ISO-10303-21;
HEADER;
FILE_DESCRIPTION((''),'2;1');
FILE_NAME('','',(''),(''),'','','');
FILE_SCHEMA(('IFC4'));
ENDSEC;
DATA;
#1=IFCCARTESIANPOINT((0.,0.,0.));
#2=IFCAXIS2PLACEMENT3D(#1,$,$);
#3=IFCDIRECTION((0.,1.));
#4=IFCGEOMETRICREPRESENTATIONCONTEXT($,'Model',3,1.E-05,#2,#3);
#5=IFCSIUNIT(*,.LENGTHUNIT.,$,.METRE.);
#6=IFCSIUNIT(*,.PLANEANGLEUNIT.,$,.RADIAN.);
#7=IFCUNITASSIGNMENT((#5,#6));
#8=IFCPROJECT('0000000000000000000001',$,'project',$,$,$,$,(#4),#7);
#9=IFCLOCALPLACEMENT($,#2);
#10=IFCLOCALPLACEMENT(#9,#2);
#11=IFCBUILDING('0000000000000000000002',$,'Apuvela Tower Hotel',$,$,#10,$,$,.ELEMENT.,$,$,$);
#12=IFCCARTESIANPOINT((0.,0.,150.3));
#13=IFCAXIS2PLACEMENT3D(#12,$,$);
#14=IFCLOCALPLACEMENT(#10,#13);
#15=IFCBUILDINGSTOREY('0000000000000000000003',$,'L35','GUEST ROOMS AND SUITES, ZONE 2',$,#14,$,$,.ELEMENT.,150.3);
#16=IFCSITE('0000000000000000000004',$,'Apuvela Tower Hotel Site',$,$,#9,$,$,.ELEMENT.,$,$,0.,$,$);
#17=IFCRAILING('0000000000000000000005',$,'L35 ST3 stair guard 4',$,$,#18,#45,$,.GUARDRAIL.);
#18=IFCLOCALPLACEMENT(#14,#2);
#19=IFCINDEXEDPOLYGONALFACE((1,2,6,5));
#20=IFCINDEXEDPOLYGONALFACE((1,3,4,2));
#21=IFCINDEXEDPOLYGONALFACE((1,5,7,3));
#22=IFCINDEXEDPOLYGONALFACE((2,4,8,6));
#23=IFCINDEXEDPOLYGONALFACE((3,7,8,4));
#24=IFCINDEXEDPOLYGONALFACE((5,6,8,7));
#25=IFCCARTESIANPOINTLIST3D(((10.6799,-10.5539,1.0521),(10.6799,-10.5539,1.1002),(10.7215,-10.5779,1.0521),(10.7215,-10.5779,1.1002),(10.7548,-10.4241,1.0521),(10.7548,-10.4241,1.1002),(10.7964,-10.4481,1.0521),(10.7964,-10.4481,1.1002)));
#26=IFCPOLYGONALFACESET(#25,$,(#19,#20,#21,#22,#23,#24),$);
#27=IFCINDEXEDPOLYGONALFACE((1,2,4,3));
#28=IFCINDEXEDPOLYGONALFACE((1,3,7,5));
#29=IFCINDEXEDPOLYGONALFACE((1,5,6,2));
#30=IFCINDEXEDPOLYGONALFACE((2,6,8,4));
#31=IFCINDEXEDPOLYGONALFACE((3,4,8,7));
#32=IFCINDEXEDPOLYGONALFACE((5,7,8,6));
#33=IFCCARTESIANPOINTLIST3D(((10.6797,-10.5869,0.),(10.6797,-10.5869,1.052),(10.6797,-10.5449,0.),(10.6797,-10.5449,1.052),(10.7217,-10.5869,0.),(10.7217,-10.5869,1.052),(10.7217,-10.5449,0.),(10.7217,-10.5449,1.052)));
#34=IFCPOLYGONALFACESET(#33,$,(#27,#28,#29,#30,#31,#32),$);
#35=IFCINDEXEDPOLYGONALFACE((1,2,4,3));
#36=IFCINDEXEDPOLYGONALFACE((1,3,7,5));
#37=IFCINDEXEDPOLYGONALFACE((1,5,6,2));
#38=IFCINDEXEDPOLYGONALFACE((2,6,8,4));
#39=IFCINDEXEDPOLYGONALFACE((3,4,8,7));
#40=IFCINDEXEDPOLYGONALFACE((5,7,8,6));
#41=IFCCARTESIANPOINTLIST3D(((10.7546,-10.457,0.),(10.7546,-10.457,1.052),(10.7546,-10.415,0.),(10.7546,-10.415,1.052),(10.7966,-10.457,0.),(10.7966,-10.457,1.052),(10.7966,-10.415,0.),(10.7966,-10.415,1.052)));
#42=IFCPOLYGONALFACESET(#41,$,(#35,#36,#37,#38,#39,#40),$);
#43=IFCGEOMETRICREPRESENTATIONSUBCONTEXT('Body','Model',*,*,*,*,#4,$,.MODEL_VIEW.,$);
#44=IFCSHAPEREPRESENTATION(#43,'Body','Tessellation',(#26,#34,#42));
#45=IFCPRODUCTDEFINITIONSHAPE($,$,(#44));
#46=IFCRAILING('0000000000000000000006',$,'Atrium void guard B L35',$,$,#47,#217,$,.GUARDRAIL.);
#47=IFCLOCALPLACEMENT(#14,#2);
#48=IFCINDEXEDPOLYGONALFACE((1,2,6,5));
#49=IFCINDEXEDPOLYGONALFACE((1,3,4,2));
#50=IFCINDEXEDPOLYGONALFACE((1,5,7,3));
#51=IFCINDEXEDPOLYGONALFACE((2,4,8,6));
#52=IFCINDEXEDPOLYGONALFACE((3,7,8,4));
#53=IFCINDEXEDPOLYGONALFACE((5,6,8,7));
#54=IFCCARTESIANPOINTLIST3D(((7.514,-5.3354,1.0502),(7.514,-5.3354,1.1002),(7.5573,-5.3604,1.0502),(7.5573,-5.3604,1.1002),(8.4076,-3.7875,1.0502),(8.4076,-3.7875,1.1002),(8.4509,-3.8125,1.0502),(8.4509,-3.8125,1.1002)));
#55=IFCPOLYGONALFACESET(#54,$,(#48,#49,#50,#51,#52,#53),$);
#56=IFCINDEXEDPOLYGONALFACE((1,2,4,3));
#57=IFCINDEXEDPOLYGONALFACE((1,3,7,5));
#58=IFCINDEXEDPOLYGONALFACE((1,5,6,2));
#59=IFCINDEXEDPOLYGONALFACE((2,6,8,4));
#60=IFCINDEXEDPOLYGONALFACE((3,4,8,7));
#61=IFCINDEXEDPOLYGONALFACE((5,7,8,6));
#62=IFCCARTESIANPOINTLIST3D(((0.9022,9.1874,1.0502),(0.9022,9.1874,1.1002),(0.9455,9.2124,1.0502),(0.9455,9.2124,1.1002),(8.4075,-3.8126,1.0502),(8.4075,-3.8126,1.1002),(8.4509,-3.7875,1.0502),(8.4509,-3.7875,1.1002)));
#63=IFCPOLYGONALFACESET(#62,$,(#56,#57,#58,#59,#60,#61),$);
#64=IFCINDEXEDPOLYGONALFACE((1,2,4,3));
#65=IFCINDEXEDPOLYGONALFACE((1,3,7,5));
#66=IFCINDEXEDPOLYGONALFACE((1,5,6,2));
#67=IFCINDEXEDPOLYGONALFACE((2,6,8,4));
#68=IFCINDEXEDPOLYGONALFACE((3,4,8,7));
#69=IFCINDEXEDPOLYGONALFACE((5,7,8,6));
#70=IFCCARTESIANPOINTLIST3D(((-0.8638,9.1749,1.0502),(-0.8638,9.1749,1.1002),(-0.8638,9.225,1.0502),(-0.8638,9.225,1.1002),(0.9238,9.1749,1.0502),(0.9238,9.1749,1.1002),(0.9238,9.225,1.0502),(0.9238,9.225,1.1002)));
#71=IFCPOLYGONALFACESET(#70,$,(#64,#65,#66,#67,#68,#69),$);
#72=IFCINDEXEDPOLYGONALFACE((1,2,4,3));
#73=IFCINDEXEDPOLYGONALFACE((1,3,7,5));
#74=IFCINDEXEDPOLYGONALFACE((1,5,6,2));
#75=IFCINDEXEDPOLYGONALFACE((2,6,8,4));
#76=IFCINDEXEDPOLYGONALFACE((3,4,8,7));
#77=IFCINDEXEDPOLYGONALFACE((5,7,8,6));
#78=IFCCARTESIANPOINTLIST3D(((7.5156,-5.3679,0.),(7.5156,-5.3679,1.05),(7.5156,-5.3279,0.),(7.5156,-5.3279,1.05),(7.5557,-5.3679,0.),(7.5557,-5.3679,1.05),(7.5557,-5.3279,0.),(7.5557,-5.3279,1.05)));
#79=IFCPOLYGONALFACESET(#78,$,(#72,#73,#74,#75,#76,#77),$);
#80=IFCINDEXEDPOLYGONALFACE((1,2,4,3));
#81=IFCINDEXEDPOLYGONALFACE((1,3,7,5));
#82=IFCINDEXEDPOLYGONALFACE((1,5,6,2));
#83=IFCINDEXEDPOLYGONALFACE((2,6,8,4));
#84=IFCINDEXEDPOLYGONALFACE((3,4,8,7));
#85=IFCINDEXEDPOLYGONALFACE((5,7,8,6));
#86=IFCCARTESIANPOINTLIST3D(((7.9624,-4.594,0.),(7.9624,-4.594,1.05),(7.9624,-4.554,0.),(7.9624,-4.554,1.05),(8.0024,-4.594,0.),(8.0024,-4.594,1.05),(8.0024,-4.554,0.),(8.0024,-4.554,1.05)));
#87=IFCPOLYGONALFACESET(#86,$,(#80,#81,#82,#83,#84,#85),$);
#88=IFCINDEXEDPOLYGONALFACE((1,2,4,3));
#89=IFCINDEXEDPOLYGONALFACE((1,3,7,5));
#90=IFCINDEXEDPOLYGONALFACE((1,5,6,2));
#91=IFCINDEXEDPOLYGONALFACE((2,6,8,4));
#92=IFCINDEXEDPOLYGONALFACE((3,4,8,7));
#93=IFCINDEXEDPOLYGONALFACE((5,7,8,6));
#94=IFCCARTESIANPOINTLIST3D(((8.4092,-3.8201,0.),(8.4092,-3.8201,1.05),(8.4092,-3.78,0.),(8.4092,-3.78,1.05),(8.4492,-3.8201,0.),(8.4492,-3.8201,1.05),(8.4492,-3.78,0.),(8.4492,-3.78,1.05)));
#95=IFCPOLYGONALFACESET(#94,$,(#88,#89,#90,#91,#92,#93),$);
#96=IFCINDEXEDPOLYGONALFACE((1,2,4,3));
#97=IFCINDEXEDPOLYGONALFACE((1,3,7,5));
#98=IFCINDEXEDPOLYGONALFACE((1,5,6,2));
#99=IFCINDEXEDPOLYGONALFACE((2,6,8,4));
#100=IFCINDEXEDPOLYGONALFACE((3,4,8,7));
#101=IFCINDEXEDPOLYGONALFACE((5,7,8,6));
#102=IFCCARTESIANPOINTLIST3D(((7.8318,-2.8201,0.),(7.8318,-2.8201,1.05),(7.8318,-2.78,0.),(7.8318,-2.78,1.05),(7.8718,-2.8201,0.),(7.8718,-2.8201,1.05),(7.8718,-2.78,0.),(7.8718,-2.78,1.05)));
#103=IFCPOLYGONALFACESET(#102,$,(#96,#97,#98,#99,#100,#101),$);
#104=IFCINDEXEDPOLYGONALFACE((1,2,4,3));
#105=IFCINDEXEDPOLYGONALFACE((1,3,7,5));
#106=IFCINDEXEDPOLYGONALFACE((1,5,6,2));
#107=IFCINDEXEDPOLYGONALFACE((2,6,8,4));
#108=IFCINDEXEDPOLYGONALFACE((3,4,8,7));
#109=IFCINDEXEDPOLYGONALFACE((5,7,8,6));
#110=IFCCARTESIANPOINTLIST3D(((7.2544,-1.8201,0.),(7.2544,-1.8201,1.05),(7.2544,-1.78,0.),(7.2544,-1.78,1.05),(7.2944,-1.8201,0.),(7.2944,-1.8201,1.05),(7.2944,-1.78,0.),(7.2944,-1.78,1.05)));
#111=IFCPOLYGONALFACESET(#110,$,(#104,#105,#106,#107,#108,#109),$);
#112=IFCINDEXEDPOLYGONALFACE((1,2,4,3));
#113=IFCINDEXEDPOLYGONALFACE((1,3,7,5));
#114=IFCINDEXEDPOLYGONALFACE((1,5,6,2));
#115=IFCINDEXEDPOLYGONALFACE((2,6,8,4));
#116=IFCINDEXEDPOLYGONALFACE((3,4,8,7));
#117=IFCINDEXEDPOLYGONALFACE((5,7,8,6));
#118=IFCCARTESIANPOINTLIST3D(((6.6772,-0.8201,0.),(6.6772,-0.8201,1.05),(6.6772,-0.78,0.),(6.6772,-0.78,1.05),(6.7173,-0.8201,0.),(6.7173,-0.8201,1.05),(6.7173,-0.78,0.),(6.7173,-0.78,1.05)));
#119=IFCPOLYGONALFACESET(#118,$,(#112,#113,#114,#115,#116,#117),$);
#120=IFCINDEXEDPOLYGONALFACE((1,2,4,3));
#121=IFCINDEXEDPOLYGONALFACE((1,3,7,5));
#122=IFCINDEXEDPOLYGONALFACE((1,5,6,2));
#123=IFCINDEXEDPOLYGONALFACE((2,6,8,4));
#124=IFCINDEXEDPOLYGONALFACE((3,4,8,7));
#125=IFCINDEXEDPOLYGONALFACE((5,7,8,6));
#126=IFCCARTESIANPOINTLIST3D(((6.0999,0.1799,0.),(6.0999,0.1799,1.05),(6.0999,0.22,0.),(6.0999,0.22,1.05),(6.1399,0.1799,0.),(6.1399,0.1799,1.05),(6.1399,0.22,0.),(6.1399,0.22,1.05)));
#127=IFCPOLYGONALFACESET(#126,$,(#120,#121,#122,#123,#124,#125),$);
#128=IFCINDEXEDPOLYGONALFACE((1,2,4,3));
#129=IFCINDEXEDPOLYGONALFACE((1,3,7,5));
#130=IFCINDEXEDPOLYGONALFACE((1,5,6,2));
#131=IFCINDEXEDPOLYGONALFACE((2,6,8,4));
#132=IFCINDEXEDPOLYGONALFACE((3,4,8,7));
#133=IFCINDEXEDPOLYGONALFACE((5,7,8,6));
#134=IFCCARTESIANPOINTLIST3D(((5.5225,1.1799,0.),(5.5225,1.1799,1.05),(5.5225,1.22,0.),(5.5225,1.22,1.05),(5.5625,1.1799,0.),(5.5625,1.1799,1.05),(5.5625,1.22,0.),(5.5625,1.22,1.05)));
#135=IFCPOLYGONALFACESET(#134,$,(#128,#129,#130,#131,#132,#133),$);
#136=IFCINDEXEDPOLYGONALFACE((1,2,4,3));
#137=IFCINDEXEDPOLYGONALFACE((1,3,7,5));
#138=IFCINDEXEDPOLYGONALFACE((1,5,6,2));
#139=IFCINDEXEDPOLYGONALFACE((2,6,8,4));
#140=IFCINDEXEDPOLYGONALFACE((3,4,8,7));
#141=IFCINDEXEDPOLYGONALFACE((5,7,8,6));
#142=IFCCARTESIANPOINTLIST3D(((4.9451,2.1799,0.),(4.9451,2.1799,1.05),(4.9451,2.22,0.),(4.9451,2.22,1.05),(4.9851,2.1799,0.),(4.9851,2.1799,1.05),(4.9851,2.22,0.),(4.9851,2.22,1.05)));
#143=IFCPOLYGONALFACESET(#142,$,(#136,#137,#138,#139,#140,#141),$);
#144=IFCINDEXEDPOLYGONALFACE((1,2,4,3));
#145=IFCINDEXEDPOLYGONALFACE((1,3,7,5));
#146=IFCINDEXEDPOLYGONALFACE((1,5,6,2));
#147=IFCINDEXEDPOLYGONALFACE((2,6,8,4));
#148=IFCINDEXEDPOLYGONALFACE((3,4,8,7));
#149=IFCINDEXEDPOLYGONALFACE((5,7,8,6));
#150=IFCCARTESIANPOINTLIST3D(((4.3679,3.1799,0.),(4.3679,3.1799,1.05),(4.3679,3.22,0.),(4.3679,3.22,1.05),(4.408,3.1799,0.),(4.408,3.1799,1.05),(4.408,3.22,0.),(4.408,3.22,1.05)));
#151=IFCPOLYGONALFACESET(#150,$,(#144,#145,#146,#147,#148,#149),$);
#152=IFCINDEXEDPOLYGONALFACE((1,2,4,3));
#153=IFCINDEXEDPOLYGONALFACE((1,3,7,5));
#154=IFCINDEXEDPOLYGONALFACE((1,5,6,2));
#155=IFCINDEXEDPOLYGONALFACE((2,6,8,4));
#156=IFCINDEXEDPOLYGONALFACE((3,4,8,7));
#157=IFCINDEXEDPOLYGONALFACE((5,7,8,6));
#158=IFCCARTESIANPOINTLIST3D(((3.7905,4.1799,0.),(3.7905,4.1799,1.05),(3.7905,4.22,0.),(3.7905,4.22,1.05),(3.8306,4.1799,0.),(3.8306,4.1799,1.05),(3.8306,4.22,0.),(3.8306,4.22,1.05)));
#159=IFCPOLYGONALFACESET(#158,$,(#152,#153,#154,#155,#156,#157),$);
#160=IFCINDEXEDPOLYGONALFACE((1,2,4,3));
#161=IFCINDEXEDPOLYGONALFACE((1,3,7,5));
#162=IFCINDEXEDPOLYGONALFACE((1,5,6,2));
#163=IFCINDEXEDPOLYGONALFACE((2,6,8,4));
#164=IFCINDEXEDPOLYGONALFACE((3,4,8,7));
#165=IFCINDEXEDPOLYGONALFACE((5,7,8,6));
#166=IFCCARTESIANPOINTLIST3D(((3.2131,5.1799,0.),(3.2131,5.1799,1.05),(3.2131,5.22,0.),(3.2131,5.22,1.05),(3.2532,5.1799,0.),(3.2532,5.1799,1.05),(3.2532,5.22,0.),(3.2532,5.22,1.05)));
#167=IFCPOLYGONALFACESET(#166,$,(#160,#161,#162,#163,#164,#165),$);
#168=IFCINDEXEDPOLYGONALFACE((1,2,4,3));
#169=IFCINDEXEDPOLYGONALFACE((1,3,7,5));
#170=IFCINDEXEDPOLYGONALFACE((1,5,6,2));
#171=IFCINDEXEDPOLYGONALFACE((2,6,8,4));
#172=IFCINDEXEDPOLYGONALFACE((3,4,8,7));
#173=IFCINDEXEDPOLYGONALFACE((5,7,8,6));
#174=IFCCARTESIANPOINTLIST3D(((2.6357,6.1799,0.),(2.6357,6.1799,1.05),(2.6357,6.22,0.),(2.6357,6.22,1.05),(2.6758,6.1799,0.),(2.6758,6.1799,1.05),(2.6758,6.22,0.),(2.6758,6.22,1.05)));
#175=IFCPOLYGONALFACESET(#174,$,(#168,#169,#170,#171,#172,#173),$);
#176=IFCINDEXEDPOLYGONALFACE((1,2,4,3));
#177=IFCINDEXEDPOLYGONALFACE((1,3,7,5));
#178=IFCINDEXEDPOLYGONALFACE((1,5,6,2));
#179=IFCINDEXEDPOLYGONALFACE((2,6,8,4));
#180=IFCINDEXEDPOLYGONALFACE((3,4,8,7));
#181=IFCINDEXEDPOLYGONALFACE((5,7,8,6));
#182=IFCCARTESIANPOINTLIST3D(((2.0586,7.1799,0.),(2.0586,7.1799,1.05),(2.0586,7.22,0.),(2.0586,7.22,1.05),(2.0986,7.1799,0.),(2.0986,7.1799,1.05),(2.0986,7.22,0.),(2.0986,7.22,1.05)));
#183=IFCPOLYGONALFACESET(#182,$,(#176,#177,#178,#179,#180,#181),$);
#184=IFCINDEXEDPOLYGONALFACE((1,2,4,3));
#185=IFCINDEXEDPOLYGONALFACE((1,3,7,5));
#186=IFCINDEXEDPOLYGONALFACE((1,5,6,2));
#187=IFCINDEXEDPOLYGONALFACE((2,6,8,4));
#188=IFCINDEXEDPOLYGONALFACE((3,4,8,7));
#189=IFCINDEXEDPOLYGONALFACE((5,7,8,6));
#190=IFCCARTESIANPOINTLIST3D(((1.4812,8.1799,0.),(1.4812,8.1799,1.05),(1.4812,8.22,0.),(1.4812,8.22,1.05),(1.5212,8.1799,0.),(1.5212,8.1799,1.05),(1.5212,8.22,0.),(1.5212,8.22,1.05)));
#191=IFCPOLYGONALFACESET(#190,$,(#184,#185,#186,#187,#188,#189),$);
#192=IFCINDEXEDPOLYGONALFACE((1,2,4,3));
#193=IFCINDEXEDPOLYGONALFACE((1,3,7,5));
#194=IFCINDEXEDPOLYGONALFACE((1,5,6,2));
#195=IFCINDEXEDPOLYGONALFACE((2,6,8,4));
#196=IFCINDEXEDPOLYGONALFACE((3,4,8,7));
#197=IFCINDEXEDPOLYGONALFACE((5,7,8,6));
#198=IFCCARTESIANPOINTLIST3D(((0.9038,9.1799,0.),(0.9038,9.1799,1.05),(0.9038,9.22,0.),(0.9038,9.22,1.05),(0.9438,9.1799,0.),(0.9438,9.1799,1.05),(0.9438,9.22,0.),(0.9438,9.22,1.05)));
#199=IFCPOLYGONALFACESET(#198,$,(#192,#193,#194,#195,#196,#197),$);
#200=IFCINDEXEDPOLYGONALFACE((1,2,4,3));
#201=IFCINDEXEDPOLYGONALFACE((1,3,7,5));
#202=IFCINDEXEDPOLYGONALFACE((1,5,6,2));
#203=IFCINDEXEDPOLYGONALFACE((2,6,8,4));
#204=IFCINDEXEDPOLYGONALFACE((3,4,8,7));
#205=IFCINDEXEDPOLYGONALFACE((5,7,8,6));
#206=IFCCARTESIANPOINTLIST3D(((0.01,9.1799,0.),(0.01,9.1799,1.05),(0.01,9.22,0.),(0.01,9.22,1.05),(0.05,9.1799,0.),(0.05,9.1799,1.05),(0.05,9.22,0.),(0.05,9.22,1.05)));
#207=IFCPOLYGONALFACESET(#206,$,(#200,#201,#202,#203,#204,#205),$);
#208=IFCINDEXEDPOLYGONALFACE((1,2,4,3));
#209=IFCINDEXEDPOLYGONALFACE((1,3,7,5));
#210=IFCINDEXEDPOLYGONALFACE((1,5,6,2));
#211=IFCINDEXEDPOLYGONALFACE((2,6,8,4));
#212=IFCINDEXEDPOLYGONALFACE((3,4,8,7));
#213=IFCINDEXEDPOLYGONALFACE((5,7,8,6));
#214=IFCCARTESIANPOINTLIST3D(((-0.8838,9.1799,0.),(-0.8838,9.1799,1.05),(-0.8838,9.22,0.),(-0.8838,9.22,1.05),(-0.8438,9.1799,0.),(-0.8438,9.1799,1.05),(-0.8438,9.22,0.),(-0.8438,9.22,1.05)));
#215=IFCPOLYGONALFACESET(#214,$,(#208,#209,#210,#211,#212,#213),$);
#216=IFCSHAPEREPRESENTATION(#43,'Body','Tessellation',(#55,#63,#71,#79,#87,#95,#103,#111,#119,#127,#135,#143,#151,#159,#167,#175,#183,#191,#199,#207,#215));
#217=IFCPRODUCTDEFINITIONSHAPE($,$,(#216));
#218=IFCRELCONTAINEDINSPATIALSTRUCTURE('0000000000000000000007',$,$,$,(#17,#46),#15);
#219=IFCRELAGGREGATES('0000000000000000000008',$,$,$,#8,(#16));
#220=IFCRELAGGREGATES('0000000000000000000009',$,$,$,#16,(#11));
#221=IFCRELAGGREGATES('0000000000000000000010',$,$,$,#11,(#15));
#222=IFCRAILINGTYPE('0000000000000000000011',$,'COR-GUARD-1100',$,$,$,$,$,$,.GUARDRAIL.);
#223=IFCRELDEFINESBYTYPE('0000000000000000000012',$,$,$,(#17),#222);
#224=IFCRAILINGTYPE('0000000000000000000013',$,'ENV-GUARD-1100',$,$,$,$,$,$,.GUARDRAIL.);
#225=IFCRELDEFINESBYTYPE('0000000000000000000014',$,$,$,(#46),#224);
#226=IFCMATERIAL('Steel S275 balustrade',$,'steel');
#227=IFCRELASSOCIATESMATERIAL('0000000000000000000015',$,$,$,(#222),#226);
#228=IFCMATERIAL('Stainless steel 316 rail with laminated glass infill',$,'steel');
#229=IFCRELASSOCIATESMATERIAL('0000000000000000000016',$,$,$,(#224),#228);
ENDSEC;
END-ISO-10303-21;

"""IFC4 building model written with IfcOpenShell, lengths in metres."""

from ifc_helpers import new_model, si_unit, direction, frame, origin, origin_2d, place, context, subcontext, project, spatial, rectangle, extrude, material, type_object, element, save


model = new_model("IFC4")

# Units and contexts
model_context = context("Model", 3, precision=1e-05, world=origin(), true_north=direction((0.0, 1.0)))
body_context = subcontext(model_context, "Body", "Model", "MODEL_VIEW")
ifc_project = project(units=[si_unit("LENGTHUNIT", "METRE"), si_unit("PLANEANGLEUNIT", "RADIAN")], contexts=[model_context])

# Site, building, storey
site_placement = place(None, origin())
site = spatial("IfcSite", under=ifc_project, at=site_placement, Name="Apuvela Tower Hotel Site", CompositionType="ELEMENT", RefElevation=0.0)
building_placement = place(site_placement, origin())
building = spatial("IfcBuilding", under=site, at=building_placement, Name="Apuvela Tower Hotel", CompositionType="ELEMENT")
storey_placement = place(building_placement, frame((0.0, 0.0, 150.3)))
storey = spatial("IfcBuildingStorey", under=building, at=storey_placement, Name="L35", Description="GUEST ROOMS AND SUITES, ZONE 2", CompositionType="ELEMENT", Elevation=150.3)

# Railings
ifc_material_1 = material(Name="Steel S275 balustrade", Category="steel")
railing_type_1 = type_object("IfcRailingType", Name="COR-GUARD-1100", PredefinedType="GUARDRAIL", material=ifc_material_1)
railing_1_placement = place(storey_placement, frame((10.7007, -10.5659, 0.0)))
element("IfcRailing", 1, at=railing_1_placement, inside=storey, type_object=railing_type_1, Name="L35 ST3 stair guard 4", PredefinedType="GUARDRAIL", context=body_context, shape_type="SweptSolid", body=[
    extrude(rectangle(XDim=0.0481, YDim=0.0481, at=origin_2d()), frame((0.0, 0.0, 1.0762), z_axis=(0.499816, 0.866131, 0.0), x_axis=(-0.866131, 0.499816, 0.0)), (0.0, 0.0, 1.0), 0.1499),
    extrude(rectangle(XDim=0.042, YDim=0.042, at=origin_2d()), origin(), (0.0, 0.0, 1.0), 1.052),
    extrude(rectangle(XDim=0.042, YDim=0.042, at=origin_2d()), frame((0.075, 0.1299, 0.0)), (0.0, 0.0, 1.0), 1.052),
])
ifc_material_2 = material(Name="Stainless steel 316 rail with laminated glass infill", Category="steel")
railing_type_2 = type_object("IfcRailingType", Name="ENV-GUARD-1100", PredefinedType="GUARDRAIL", material=ifc_material_2)
railing_2_placement = place(storey_placement, frame((7.5356, -5.3479, 0.0)))
element("IfcRailing", 2, at=railing_2_placement, inside=storey, type_object=railing_type_2, Name="Atrium void guard B L35", PredefinedType="GUARDRAIL", context=body_context, shape_type="SweptSolid", body=[
    extrude(rectangle(XDim=0.05, YDim=0.05, at=origin_2d()), frame((0.0, 0.0, 1.0752), z_axis=(0.499959, 0.866049, 0.0), x_axis=(-0.866049, 0.499959, 0.0)), (0.0, 0.0, 1.0), 1.7874),
    extrude(rectangle(XDim=0.05, YDim=0.05, at=origin_2d()), frame((0.8936, 1.5479, 1.0752), z_axis=(-0.499991, 0.866031, 0.0), x_axis=(-0.866031, -0.499991, 0.0)), (0.0, 0.0, 1.0), 15.011),
    extrude(rectangle(XDim=0.05, YDim=0.05, at=origin_2d()), frame((-6.6118, 14.5479, 1.0752), z_axis=(-1.0, 0.0, 0.0), x_axis=(0.0, -1.0, 0.0)), (0.0, 0.0, 1.0), 1.7876),
    extrude(rectangle(XDim=0.04, YDim=0.04, at=origin_2d()), origin(), (0.0, 0.0, 1.0), 1.05),
    extrude(rectangle(XDim=0.04, YDim=0.04, at=origin_2d()), frame((0.4468, 0.7739, 0.0)), (0.0, 0.0, 1.0), 1.05),
    extrude(rectangle(XDim=0.04, YDim=0.04, at=origin_2d()), frame((0.8936, 1.5479, 0.0)), (0.0, 0.0, 1.0), 1.05),
    extrude(rectangle(XDim=0.04, YDim=0.04, at=origin_2d()), frame((0.3162, 2.5479, 0.0)), (0.0, 0.0, 1.0), 1.05),
    extrude(rectangle(XDim=0.04, YDim=0.04, at=origin_2d()), frame((-0.2612, 3.5479, 0.0)), (0.0, 0.0, 1.0), 1.05),
    extrude(rectangle(XDim=0.04, YDim=0.04, at=origin_2d()), frame((-0.8384, 4.5479, 0.0)), (0.0, 0.0, 1.0), 1.05),
    extrude(rectangle(XDim=0.04, YDim=0.04, at=origin_2d()), frame((-1.4158, 5.5479, 0.0)), (0.0, 0.0, 1.0), 1.05),
    extrude(rectangle(XDim=0.04, YDim=0.04, at=origin_2d()), frame((-1.9932, 6.5479, 0.0)), (0.0, 0.0, 1.0), 1.05),
    extrude(rectangle(XDim=0.04, YDim=0.04, at=origin_2d()), frame((-2.5706, 7.5479, 0.0)), (0.0, 0.0, 1.0), 1.05),
    extrude(rectangle(XDim=0.04, YDim=0.04, at=origin_2d()), frame((-3.1477, 8.5479, 0.0)), (0.0, 0.0, 1.0), 1.05),
    extrude(rectangle(XDim=0.04, YDim=0.04, at=origin_2d()), frame((-3.7251, 9.5479, 0.0)), (0.0, 0.0, 1.0), 1.05),
    extrude(rectangle(XDim=0.04, YDim=0.04, at=origin_2d()), frame((-4.3025, 10.5479, 0.0)), (0.0, 0.0, 1.0), 1.05),
    extrude(rectangle(XDim=0.04, YDim=0.04, at=origin_2d()), frame((-4.8799, 11.5479, 0.0)), (0.0, 0.0, 1.0), 1.05),
    extrude(rectangle(XDim=0.04, YDim=0.04, at=origin_2d()), frame((-5.457, 12.5479, 0.0)), (0.0, 0.0, 1.0), 1.05),
    extrude(rectangle(XDim=0.04, YDim=0.04, at=origin_2d()), frame((-6.0344, 13.5479, 0.0)), (0.0, 0.0, 1.0), 1.05),
    extrude(rectangle(XDim=0.04, YDim=0.04, at=origin_2d()), frame((-6.6118, 14.5479, 0.0)), (0.0, 0.0, 1.0), 1.05),
    extrude(rectangle(XDim=0.04, YDim=0.04, at=origin_2d()), frame((-7.5056, 14.5479, 0.0)), (0.0, 0.0, 1.0), 1.05),
    extrude(rectangle(XDim=0.04, YDim=0.04, at=origin_2d()), frame((-8.3994, 14.5479, 0.0)), (0.0, 0.0, 1.0), 1.05),
])

save(model, "model.ifc")
